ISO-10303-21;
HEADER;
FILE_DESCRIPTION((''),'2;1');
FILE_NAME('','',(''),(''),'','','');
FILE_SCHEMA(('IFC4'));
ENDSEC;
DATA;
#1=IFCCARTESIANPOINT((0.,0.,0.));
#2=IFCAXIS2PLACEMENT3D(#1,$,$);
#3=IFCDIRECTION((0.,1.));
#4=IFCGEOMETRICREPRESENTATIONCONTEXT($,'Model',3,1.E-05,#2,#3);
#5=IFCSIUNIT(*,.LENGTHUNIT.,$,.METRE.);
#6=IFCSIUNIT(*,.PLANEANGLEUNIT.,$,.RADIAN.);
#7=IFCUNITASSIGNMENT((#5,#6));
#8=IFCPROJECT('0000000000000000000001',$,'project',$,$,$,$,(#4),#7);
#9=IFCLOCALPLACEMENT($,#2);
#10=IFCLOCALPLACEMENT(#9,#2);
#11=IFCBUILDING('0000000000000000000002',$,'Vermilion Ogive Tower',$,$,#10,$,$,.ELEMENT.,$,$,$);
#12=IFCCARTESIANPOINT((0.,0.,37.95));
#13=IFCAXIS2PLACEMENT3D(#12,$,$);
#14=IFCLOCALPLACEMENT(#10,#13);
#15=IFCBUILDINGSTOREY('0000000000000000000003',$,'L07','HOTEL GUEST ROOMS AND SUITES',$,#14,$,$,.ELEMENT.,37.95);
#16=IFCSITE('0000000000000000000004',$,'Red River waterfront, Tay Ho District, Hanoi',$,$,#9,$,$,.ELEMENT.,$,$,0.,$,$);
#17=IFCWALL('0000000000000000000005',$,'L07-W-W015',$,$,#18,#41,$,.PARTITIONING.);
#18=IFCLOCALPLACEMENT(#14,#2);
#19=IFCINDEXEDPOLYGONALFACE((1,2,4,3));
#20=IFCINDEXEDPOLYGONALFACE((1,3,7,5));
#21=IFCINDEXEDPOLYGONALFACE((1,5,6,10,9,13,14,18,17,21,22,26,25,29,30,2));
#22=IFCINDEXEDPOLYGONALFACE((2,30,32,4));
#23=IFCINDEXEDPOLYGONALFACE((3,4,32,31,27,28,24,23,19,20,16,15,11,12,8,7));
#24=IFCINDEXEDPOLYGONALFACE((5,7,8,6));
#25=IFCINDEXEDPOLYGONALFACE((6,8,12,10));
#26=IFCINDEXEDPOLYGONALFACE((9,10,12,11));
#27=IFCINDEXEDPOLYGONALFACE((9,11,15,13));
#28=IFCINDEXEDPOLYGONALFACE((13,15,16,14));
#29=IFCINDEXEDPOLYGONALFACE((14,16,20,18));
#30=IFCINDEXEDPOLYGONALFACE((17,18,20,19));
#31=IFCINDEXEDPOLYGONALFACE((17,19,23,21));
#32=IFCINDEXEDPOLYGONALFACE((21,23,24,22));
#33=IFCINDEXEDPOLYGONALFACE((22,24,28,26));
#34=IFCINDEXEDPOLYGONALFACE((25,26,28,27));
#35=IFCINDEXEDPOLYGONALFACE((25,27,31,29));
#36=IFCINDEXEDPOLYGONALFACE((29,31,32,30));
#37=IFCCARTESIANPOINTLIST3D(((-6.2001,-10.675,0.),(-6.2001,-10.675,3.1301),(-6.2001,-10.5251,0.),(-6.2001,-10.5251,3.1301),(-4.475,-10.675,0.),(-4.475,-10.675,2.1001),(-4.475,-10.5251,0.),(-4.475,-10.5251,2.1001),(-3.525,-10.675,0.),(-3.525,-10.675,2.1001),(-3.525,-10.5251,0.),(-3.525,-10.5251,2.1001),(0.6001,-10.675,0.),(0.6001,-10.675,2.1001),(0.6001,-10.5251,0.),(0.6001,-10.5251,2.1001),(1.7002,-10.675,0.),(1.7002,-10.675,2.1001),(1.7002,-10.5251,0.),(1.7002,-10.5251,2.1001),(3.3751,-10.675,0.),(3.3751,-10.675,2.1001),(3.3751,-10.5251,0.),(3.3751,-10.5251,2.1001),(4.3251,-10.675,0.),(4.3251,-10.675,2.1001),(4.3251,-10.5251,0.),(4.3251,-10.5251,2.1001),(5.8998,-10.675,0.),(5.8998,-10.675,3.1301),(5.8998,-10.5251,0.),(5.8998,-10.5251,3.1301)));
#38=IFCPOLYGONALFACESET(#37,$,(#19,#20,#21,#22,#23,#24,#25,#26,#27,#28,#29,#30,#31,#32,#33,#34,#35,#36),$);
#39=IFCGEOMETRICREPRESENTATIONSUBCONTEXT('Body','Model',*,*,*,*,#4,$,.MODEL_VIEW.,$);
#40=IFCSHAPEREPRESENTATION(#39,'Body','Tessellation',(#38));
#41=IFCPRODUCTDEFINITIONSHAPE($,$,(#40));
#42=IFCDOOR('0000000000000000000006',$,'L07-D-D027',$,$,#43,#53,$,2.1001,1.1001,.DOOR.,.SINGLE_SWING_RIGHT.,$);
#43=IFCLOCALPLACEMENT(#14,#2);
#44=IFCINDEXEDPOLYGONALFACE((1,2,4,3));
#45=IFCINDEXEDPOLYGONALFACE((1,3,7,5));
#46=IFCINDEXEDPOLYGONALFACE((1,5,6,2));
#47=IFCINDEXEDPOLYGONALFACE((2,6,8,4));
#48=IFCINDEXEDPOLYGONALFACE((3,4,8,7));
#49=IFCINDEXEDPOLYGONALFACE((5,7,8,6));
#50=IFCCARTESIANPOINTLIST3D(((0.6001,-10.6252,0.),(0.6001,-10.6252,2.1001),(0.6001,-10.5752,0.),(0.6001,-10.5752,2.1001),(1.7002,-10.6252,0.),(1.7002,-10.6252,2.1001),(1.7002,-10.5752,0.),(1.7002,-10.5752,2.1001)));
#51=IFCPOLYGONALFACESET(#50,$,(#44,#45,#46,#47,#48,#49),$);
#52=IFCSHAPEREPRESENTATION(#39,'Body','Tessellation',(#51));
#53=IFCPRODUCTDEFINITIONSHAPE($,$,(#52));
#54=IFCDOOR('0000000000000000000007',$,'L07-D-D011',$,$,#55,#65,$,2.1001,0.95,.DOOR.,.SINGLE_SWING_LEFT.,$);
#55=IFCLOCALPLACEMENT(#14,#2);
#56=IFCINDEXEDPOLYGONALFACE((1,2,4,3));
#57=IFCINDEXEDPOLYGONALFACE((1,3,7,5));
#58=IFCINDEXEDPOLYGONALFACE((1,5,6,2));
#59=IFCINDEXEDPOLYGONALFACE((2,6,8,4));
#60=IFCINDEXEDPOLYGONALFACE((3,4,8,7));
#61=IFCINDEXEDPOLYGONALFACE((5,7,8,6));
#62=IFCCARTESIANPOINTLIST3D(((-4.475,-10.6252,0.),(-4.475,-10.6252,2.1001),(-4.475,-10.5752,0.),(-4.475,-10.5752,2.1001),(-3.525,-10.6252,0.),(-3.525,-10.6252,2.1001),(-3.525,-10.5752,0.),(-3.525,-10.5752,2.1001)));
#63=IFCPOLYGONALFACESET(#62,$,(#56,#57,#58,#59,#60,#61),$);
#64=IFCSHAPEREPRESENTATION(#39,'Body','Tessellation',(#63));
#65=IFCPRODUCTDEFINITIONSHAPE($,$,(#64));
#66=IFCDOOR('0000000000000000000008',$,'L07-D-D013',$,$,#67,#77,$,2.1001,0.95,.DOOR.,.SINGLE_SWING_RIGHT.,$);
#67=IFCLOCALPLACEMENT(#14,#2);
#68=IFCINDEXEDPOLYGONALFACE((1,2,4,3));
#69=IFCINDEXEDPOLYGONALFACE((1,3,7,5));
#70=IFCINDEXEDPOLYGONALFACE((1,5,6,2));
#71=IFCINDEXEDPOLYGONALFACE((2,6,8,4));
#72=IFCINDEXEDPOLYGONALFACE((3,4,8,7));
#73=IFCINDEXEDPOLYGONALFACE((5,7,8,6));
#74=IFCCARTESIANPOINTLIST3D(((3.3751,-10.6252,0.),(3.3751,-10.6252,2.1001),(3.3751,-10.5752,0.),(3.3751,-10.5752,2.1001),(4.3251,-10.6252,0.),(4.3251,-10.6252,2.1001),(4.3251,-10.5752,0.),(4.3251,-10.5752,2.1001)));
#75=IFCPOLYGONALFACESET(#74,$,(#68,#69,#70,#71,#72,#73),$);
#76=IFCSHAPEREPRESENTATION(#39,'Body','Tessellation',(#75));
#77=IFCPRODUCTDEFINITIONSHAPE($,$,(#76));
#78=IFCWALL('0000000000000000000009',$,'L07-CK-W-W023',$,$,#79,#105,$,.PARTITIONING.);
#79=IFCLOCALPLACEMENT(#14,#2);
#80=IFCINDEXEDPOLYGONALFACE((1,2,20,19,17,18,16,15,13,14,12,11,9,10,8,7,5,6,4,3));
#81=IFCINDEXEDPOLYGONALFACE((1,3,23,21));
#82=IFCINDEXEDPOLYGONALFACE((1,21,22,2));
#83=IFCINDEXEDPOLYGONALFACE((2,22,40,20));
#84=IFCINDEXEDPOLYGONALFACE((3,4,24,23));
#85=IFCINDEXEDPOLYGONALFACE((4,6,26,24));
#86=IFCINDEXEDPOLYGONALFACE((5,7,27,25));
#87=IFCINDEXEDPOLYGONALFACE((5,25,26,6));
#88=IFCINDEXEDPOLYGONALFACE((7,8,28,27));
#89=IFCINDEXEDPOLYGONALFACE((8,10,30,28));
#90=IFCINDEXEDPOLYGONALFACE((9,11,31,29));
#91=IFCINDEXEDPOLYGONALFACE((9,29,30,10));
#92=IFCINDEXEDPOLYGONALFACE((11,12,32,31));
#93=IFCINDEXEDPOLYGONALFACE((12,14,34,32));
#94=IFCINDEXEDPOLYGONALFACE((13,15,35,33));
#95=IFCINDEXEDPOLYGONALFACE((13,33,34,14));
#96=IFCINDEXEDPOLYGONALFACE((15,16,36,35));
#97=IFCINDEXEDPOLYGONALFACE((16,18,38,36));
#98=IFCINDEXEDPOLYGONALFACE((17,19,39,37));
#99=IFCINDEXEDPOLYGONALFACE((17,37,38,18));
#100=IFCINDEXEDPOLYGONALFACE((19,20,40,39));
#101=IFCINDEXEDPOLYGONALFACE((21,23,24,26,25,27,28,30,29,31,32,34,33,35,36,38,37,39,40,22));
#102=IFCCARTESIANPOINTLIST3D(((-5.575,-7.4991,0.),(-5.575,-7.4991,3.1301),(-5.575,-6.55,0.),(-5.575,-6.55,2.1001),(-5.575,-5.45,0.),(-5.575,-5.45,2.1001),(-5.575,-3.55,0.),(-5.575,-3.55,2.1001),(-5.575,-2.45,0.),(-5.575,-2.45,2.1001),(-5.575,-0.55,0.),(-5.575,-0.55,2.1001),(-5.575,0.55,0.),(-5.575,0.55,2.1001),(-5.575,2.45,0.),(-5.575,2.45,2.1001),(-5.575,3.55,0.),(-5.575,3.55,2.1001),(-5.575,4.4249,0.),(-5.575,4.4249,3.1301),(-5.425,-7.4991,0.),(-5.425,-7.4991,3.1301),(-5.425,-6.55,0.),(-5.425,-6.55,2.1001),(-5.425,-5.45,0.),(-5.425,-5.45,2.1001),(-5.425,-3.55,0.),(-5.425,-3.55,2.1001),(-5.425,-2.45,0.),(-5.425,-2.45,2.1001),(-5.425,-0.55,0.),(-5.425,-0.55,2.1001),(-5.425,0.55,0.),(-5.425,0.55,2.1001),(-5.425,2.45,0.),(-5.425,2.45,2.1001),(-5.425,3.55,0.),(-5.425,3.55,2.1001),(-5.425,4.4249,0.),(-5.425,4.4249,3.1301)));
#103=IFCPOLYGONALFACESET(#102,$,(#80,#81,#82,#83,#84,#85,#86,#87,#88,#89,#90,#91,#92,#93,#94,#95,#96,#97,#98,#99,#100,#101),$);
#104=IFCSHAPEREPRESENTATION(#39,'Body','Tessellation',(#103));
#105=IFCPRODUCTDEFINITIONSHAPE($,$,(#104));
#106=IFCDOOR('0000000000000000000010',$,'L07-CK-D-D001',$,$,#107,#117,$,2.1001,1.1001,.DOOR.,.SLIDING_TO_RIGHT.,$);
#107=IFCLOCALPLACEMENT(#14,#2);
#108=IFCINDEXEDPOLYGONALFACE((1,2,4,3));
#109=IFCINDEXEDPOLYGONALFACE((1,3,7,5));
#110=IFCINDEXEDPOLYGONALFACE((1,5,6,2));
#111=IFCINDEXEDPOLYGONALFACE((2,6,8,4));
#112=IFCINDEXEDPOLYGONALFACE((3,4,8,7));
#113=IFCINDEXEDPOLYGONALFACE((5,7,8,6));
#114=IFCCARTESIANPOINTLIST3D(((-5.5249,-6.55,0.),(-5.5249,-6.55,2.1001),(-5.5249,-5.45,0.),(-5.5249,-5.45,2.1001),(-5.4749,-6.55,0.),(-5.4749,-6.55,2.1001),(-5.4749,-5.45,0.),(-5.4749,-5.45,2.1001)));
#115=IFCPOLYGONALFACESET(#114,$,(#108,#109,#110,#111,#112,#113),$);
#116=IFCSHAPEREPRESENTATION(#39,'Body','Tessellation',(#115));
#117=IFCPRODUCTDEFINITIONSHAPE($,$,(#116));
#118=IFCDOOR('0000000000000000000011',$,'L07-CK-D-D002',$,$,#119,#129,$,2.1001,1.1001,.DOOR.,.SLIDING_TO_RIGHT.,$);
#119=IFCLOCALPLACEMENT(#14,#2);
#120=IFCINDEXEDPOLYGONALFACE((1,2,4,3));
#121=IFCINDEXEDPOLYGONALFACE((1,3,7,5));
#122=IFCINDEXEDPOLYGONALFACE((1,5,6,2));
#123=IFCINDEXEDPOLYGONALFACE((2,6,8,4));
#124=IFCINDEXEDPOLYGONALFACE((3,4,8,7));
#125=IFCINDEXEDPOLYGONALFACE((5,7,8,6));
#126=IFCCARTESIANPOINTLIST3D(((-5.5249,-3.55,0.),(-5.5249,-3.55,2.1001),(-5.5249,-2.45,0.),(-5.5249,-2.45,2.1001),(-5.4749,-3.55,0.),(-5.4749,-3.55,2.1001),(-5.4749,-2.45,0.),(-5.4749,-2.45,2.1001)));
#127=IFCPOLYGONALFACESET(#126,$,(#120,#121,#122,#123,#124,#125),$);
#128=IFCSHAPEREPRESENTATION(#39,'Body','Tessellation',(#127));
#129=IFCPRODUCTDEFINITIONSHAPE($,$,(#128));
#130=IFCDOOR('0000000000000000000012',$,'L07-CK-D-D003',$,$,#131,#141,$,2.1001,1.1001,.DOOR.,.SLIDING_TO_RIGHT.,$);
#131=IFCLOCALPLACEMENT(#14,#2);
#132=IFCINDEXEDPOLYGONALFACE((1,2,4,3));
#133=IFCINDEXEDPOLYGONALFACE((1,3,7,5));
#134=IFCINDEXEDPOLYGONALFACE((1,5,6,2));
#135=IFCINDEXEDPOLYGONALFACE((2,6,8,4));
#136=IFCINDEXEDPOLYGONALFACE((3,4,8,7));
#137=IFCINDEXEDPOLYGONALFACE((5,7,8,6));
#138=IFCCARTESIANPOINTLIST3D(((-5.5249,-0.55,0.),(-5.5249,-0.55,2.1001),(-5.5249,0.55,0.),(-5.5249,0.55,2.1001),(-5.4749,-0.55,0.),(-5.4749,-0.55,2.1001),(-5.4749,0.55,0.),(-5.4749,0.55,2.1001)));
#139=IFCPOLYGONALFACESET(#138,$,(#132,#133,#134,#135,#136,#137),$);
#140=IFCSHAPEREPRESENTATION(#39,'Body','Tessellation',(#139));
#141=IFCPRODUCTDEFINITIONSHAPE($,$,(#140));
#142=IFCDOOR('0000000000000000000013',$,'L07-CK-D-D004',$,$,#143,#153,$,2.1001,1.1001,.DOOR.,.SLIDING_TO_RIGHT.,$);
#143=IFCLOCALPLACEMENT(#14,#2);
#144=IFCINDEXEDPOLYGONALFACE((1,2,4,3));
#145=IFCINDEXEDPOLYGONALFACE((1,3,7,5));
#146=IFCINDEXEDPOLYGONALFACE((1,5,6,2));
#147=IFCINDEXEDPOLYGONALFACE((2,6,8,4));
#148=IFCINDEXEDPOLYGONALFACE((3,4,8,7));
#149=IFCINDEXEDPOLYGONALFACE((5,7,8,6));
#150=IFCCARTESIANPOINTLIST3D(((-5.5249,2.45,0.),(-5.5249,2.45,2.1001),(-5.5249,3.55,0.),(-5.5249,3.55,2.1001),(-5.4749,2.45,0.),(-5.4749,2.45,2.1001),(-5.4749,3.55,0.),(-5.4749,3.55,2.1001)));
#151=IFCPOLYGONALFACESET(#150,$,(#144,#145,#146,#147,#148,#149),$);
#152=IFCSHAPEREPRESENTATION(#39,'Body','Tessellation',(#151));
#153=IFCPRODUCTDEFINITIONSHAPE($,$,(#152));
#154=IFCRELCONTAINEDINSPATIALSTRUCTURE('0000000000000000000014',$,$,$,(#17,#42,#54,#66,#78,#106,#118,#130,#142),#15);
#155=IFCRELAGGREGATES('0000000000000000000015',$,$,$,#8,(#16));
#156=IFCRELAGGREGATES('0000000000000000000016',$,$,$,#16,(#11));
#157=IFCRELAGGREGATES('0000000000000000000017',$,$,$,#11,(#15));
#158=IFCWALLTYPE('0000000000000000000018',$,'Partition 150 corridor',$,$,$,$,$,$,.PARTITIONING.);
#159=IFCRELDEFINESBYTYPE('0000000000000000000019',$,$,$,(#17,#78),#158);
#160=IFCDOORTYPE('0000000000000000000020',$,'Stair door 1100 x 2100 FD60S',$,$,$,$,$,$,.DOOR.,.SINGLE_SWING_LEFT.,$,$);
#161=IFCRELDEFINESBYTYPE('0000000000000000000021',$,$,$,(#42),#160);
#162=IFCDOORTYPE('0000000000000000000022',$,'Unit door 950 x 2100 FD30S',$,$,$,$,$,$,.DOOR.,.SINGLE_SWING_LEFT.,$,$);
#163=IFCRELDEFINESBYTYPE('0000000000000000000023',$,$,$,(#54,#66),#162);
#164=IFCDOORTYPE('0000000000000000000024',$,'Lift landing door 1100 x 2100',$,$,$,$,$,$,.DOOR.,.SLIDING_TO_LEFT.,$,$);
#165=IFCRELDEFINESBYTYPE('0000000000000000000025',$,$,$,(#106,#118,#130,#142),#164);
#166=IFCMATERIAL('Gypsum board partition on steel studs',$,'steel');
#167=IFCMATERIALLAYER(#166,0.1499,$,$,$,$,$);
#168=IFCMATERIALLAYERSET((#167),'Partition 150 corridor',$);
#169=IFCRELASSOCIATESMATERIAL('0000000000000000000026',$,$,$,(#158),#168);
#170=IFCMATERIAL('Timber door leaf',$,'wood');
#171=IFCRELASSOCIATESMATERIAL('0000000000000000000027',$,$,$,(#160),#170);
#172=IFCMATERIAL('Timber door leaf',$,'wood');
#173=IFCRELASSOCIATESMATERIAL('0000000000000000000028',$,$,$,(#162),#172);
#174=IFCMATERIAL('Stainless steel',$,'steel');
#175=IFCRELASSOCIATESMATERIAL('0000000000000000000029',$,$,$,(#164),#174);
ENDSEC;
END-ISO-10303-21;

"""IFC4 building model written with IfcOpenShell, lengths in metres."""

from ifc_helpers import new_model, si_unit, direction, frame, frame_2d, origin, place, context, subcontext, project, spatial, rectangle, extrude, material, layer, layer_set, type_object, element, fill, save


model = new_model("IFC4")

# Units and contexts
model_context = context("Model", 3, precision=1e-05, world=origin(), true_north=direction((0.0, 1.0)))
body_context = subcontext(model_context, "Body", "Model", "MODEL_VIEW")
ifc_project = project(units=[si_unit("LENGTHUNIT", "METRE"), si_unit("PLANEANGLEUNIT", "RADIAN")], contexts=[model_context])

# Site, building, storey
site_placement = place(None, origin())
site = spatial("IfcSite", under=ifc_project, at=site_placement, Name="Red River waterfront, Tay Ho District, Hanoi", CompositionType="ELEMENT", RefElevation=0.0)
building_placement = place(site_placement, origin())
building = spatial("IfcBuilding", under=site, at=building_placement, Name="Vermilion Ogive Tower", CompositionType="ELEMENT")
storey_placement = place(building_placement, frame((0.0, 0.0, 37.95)))
storey = spatial("IfcBuildingStorey", under=building, at=storey_placement, Name="L07", Description="HOTEL GUEST ROOMS AND SUITES", CompositionType="ELEMENT", Elevation=37.95)

# Walls, openings, doors
ifc_material_1 = material(Name="Gypsum board partition on steel studs", Category="steel")
ifc_layer_1 = layer(ifc_material_1, 0.1499)
ifc_layer_set_1 = layer_set([ifc_layer_1], Name="Partition 150 corridor")
wall_type_1 = type_object("IfcWallType", Name="Partition 150 corridor", PredefinedType="PARTITIONING", material=ifc_layer_set_1)
wall_1_placement = place(storey_placement, frame((-6.2, -10.6001, 0.0), z_axis=(0.0, 0.0, 1.0), x_axis=(1.0, 0.0, 0.0)))
wall_1 = element("IfcWall", 1, at=wall_1_placement, inside=storey, type_object=wall_type_1, Name="L07-W-W015", PredefinedType="PARTITIONING", context=body_context, shape_type="SweptSolid", body=[
    extrude(rectangle(XDim=12.0999, YDim=0.1499, at=frame_2d((6.0498, 0.0))), origin(), (0.0, 0.0, 1.0), 3.1301),
])
opening_1_placement = place(wall_1_placement, frame((1.7249, 0.0, 0.0)))
opening_1 = element("IfcOpeningElement", 2, at=opening_1_placement, cuts=wall_1, PredefinedType="OPENING", context=body_context, shape_type="SweptSolid", body=[
    extrude(rectangle(XDim=0.95, YDim=2.1001, at=frame_2d((0.4751, 1.05))), frame((0.0, 0.085, 0.0), z_axis=(0.0, -1.0, 0.0), x_axis=(1.0, 0.0, 0.0)), (0.0, 0.0, 1.0), 0.1699),
])
opening_2_placement = place(wall_1_placement, frame((9.575, 0.0, 0.0)))
opening_2 = element("IfcOpeningElement", 3, at=opening_2_placement, cuts=wall_1, PredefinedType="OPENING", context=body_context, shape_type="SweptSolid", body=[
    extrude(rectangle(XDim=0.95, YDim=2.1001, at=frame_2d((0.4751, 1.05))), frame((0.0, 0.085, 0.0), z_axis=(0.0, -1.0, 0.0), x_axis=(1.0, 0.0, 0.0)), (0.0, 0.0, 1.0), 0.1699),
])
opening_3_placement = place(wall_1_placement, frame((6.8, 0.0, 0.0)))
opening_3 = element("IfcOpeningElement", 4, at=opening_3_placement, cuts=wall_1, PredefinedType="OPENING", context=body_context, shape_type="SweptSolid", body=[
    extrude(rectangle(XDim=1.1001, YDim=2.1001, at=frame_2d((0.55, 1.05))), frame((0.0, 0.085, 0.0), z_axis=(0.0, -1.0, 0.0), x_axis=(1.0, 0.0, 0.0)), (0.0, 0.0, 1.0), 0.1699),
])
ifc_material_2 = material(Name="Timber door leaf", Category="wood")
door_type_1 = type_object("IfcDoorType", Name="Stair door 1100 x 2100 FD60S", OperationType="SINGLE_SWING_LEFT", PredefinedType="DOOR", material=ifc_material_2)
door_1_placement = place(opening_3_placement, origin())
door_1 = element("IfcDoor", 5, at=door_1_placement, inside=storey, type_object=door_type_1, Name="L07-D-D027", OperationType="SINGLE_SWING_RIGHT", OverallHeight=2.1001, OverallWidth=1.1001, PredefinedType="DOOR", context=body_context, shape_type="SweptSolid", body=[
    extrude(rectangle(XDim=1.1001, YDim=2.1001, at=frame_2d((0.55, 1.05))), frame((0.0, 0.0249, 0.0), z_axis=(0.0, -1.0, 0.0), x_axis=(1.0, 0.0, 0.0)), (0.0, 0.0, 1.0), 0.05),
])
fill(opening_3, door_1)
ifc_material_3 = material(Name="Timber door leaf", Category="wood")
door_type_2 = type_object("IfcDoorType", Name="Unit door 950 x 2100 FD30S", OperationType="SINGLE_SWING_LEFT", PredefinedType="DOOR", material=ifc_material_3)
door_2_placement = place(opening_1_placement, origin())
door_2 = element("IfcDoor", 6, at=door_2_placement, inside=storey, type_object=door_type_2, Name="L07-D-D011", OperationType="SINGLE_SWING_LEFT", OverallHeight=2.1001, OverallWidth=0.95, PredefinedType="DOOR", context=body_context, shape_type="SweptSolid", body=[
    extrude(rectangle(XDim=0.95, YDim=2.1001, at=frame_2d((0.4751, 1.05))), frame((0.0, 0.0249, 0.0), z_axis=(0.0, -1.0, 0.0), x_axis=(1.0, 0.0, 0.0)), (0.0, 0.0, 1.0), 0.05),
])
fill(opening_1, door_2)
door_3_placement = place(opening_2_placement, origin())
door_3 = element("IfcDoor", 7, at=door_3_placement, inside=storey, type_object=door_type_2, Name="L07-D-D013", OperationType="SINGLE_SWING_RIGHT", OverallHeight=2.1001, OverallWidth=0.95, PredefinedType="DOOR", context=body_context, shape_type="SweptSolid", body=[
    extrude(rectangle(XDim=0.95, YDim=2.1001, at=frame_2d((0.4751, 1.05))), frame((0.0, 0.0249, 0.0), z_axis=(0.0, -1.0, 0.0), x_axis=(1.0, 0.0, 0.0)), (0.0, 0.0, 1.0), 0.05),
])
fill(opening_2, door_3)
wall_2_placement = place(storey_placement, frame((-5.5, -7.499, 0.0), z_axis=(0.0, 0.0, 1.0), x_axis=(0.0, 1.0, 0.0)))
wall_2 = element("IfcWall", 8, at=wall_2_placement, inside=storey, type_object=wall_type_1, Name="L07-CK-W-W023", PredefinedType="PARTITIONING", context=body_context, shape_type="SweptSolid", body=[
    extrude(rectangle(XDim=11.9241, YDim=0.1499, at=frame_2d((5.9619, 0.0))), origin(), (0.0, 0.0, 1.0), 3.1301),
])
opening_4_placement = place(wall_2_placement, frame((0.949, 0.0, 0.0)))
opening_4 = element("IfcOpeningElement", 9, at=opening_4_placement, cuts=wall_2, PredefinedType="OPENING", context=body_context, shape_type="SweptSolid", body=[
    extrude(rectangle(XDim=1.1001, YDim=2.1001, at=frame_2d((0.55, 1.05))), frame((0.0, 0.085, 0.0), z_axis=(0.0, -1.0, 0.0), x_axis=(1.0, 0.0, 0.0)), (0.0, 0.0, 1.0), 0.1699),
])
opening_5_placement = place(wall_2_placement, frame((3.949, 0.0, 0.0)))
opening_5 = element("IfcOpeningElement", 10, at=opening_5_placement, cuts=wall_2, PredefinedType="OPENING", context=body_context, shape_type="SweptSolid", body=[
    extrude(rectangle(XDim=1.1001, YDim=2.1001, at=frame_2d((0.55, 1.05))), frame((0.0, 0.085, 0.0), z_axis=(0.0, -1.0, 0.0), x_axis=(1.0, 0.0, 0.0)), (0.0, 0.0, 1.0), 0.1699),
])
opening_6_placement = place(wall_2_placement, frame((6.949, 0.0, 0.0)))
opening_6 = element("IfcOpeningElement", 11, at=opening_6_placement, cuts=wall_2, PredefinedType="OPENING", context=body_context, shape_type="SweptSolid", body=[
    extrude(rectangle(XDim=1.1001, YDim=2.1001, at=frame_2d((0.55, 1.05))), frame((0.0, 0.085, 0.0), z_axis=(0.0, -1.0, 0.0), x_axis=(1.0, 0.0, 0.0)), (0.0, 0.0, 1.0), 0.1699),
])
opening_7_placement = place(wall_2_placement, frame((9.949, 0.0, 0.0)))
opening_7 = element("IfcOpeningElement", 12, at=opening_7_placement, cuts=wall_2, PredefinedType="OPENING", context=body_context, shape_type="SweptSolid", body=[
    extrude(rectangle(XDim=1.1001, YDim=2.1001, at=frame_2d((0.55, 1.05))), frame((0.0, 0.085, 0.0), z_axis=(0.0, -1.0, 0.0), x_axis=(1.0, 0.0, 0.0)), (0.0, 0.0, 1.0), 0.1699),
])
ifc_material_4 = material(Name="Stainless steel", Category="steel")
door_type_3 = type_object("IfcDoorType", Name="Lift landing door 1100 x 2100", OperationType="SLIDING_TO_LEFT", PredefinedType="DOOR", material=ifc_material_4)
door_4_placement = place(opening_4_placement, origin())
door_4 = element("IfcDoor", 13, at=door_4_placement, inside=storey, type_object=door_type_3, Name="L07-CK-D-D001", OperationType="SLIDING_TO_RIGHT", OverallHeight=2.1001, OverallWidth=1.1001, PredefinedType="DOOR", context=body_context, shape_type="SweptSolid", body=[
    extrude(rectangle(XDim=1.1001, YDim=2.1001, at=frame_2d((0.55, 1.05))), frame((0.0, 0.0249, 0.0), z_axis=(0.0, -1.0, 0.0), x_axis=(1.0, 0.0, 0.0)), (0.0, 0.0, 1.0), 0.05),
])
fill(opening_4, door_4)
door_5_placement = place(opening_5_placement, origin())
door_5 = element("IfcDoor", 14, at=door_5_placement, inside=storey, type_object=door_type_3, Name="L07-CK-D-D002", OperationType="SLIDING_TO_RIGHT", OverallHeight=2.1001, OverallWidth=1.1001, PredefinedType="DOOR", context=body_context, shape_type="SweptSolid", body=[
    extrude(rectangle(XDim=1.1001, YDim=2.1001, at=frame_2d((0.55, 1.05))), frame((0.0, 0.0249, 0.0), z_axis=(0.0, -1.0, 0.0), x_axis=(1.0, 0.0, 0.0)), (0.0, 0.0, 1.0), 0.05),
])
fill(opening_5, door_5)
door_6_placement = place(opening_6_placement, origin())
door_6 = element("IfcDoor", 15, at=door_6_placement, inside=storey, type_object=door_type_3, Name="L07-CK-D-D003", OperationType="SLIDING_TO_RIGHT", OverallHeight=2.1001, OverallWidth=1.1001, PredefinedType="DOOR", context=body_context, shape_type="SweptSolid", body=[
    extrude(rectangle(XDim=1.1001, YDim=2.1001, at=frame_2d((0.55, 1.05))), frame((0.0, 0.0249, 0.0), z_axis=(0.0, -1.0, 0.0), x_axis=(1.0, 0.0, 0.0)), (0.0, 0.0, 1.0), 0.05),
])
fill(opening_6, door_6)
door_7_placement = place(opening_7_placement, origin())
door_7 = element("IfcDoor", 16, at=door_7_placement, inside=storey, type_object=door_type_3, Name="L07-CK-D-D004", OperationType="SLIDING_TO_RIGHT", OverallHeight=2.1001, OverallWidth=1.1001, PredefinedType="DOOR", context=body_context, shape_type="SweptSolid", body=[
    extrude(rectangle(XDim=1.1001, YDim=2.1001, at=frame_2d((0.55, 1.05))), frame((0.0, 0.0249, 0.0), z_axis=(0.0, -1.0, 0.0), x_axis=(1.0, 0.0, 0.0)), (0.0, 0.0, 1.0), 0.05),
])
fill(opening_7, door_7)

save(model, "model.ifc")
